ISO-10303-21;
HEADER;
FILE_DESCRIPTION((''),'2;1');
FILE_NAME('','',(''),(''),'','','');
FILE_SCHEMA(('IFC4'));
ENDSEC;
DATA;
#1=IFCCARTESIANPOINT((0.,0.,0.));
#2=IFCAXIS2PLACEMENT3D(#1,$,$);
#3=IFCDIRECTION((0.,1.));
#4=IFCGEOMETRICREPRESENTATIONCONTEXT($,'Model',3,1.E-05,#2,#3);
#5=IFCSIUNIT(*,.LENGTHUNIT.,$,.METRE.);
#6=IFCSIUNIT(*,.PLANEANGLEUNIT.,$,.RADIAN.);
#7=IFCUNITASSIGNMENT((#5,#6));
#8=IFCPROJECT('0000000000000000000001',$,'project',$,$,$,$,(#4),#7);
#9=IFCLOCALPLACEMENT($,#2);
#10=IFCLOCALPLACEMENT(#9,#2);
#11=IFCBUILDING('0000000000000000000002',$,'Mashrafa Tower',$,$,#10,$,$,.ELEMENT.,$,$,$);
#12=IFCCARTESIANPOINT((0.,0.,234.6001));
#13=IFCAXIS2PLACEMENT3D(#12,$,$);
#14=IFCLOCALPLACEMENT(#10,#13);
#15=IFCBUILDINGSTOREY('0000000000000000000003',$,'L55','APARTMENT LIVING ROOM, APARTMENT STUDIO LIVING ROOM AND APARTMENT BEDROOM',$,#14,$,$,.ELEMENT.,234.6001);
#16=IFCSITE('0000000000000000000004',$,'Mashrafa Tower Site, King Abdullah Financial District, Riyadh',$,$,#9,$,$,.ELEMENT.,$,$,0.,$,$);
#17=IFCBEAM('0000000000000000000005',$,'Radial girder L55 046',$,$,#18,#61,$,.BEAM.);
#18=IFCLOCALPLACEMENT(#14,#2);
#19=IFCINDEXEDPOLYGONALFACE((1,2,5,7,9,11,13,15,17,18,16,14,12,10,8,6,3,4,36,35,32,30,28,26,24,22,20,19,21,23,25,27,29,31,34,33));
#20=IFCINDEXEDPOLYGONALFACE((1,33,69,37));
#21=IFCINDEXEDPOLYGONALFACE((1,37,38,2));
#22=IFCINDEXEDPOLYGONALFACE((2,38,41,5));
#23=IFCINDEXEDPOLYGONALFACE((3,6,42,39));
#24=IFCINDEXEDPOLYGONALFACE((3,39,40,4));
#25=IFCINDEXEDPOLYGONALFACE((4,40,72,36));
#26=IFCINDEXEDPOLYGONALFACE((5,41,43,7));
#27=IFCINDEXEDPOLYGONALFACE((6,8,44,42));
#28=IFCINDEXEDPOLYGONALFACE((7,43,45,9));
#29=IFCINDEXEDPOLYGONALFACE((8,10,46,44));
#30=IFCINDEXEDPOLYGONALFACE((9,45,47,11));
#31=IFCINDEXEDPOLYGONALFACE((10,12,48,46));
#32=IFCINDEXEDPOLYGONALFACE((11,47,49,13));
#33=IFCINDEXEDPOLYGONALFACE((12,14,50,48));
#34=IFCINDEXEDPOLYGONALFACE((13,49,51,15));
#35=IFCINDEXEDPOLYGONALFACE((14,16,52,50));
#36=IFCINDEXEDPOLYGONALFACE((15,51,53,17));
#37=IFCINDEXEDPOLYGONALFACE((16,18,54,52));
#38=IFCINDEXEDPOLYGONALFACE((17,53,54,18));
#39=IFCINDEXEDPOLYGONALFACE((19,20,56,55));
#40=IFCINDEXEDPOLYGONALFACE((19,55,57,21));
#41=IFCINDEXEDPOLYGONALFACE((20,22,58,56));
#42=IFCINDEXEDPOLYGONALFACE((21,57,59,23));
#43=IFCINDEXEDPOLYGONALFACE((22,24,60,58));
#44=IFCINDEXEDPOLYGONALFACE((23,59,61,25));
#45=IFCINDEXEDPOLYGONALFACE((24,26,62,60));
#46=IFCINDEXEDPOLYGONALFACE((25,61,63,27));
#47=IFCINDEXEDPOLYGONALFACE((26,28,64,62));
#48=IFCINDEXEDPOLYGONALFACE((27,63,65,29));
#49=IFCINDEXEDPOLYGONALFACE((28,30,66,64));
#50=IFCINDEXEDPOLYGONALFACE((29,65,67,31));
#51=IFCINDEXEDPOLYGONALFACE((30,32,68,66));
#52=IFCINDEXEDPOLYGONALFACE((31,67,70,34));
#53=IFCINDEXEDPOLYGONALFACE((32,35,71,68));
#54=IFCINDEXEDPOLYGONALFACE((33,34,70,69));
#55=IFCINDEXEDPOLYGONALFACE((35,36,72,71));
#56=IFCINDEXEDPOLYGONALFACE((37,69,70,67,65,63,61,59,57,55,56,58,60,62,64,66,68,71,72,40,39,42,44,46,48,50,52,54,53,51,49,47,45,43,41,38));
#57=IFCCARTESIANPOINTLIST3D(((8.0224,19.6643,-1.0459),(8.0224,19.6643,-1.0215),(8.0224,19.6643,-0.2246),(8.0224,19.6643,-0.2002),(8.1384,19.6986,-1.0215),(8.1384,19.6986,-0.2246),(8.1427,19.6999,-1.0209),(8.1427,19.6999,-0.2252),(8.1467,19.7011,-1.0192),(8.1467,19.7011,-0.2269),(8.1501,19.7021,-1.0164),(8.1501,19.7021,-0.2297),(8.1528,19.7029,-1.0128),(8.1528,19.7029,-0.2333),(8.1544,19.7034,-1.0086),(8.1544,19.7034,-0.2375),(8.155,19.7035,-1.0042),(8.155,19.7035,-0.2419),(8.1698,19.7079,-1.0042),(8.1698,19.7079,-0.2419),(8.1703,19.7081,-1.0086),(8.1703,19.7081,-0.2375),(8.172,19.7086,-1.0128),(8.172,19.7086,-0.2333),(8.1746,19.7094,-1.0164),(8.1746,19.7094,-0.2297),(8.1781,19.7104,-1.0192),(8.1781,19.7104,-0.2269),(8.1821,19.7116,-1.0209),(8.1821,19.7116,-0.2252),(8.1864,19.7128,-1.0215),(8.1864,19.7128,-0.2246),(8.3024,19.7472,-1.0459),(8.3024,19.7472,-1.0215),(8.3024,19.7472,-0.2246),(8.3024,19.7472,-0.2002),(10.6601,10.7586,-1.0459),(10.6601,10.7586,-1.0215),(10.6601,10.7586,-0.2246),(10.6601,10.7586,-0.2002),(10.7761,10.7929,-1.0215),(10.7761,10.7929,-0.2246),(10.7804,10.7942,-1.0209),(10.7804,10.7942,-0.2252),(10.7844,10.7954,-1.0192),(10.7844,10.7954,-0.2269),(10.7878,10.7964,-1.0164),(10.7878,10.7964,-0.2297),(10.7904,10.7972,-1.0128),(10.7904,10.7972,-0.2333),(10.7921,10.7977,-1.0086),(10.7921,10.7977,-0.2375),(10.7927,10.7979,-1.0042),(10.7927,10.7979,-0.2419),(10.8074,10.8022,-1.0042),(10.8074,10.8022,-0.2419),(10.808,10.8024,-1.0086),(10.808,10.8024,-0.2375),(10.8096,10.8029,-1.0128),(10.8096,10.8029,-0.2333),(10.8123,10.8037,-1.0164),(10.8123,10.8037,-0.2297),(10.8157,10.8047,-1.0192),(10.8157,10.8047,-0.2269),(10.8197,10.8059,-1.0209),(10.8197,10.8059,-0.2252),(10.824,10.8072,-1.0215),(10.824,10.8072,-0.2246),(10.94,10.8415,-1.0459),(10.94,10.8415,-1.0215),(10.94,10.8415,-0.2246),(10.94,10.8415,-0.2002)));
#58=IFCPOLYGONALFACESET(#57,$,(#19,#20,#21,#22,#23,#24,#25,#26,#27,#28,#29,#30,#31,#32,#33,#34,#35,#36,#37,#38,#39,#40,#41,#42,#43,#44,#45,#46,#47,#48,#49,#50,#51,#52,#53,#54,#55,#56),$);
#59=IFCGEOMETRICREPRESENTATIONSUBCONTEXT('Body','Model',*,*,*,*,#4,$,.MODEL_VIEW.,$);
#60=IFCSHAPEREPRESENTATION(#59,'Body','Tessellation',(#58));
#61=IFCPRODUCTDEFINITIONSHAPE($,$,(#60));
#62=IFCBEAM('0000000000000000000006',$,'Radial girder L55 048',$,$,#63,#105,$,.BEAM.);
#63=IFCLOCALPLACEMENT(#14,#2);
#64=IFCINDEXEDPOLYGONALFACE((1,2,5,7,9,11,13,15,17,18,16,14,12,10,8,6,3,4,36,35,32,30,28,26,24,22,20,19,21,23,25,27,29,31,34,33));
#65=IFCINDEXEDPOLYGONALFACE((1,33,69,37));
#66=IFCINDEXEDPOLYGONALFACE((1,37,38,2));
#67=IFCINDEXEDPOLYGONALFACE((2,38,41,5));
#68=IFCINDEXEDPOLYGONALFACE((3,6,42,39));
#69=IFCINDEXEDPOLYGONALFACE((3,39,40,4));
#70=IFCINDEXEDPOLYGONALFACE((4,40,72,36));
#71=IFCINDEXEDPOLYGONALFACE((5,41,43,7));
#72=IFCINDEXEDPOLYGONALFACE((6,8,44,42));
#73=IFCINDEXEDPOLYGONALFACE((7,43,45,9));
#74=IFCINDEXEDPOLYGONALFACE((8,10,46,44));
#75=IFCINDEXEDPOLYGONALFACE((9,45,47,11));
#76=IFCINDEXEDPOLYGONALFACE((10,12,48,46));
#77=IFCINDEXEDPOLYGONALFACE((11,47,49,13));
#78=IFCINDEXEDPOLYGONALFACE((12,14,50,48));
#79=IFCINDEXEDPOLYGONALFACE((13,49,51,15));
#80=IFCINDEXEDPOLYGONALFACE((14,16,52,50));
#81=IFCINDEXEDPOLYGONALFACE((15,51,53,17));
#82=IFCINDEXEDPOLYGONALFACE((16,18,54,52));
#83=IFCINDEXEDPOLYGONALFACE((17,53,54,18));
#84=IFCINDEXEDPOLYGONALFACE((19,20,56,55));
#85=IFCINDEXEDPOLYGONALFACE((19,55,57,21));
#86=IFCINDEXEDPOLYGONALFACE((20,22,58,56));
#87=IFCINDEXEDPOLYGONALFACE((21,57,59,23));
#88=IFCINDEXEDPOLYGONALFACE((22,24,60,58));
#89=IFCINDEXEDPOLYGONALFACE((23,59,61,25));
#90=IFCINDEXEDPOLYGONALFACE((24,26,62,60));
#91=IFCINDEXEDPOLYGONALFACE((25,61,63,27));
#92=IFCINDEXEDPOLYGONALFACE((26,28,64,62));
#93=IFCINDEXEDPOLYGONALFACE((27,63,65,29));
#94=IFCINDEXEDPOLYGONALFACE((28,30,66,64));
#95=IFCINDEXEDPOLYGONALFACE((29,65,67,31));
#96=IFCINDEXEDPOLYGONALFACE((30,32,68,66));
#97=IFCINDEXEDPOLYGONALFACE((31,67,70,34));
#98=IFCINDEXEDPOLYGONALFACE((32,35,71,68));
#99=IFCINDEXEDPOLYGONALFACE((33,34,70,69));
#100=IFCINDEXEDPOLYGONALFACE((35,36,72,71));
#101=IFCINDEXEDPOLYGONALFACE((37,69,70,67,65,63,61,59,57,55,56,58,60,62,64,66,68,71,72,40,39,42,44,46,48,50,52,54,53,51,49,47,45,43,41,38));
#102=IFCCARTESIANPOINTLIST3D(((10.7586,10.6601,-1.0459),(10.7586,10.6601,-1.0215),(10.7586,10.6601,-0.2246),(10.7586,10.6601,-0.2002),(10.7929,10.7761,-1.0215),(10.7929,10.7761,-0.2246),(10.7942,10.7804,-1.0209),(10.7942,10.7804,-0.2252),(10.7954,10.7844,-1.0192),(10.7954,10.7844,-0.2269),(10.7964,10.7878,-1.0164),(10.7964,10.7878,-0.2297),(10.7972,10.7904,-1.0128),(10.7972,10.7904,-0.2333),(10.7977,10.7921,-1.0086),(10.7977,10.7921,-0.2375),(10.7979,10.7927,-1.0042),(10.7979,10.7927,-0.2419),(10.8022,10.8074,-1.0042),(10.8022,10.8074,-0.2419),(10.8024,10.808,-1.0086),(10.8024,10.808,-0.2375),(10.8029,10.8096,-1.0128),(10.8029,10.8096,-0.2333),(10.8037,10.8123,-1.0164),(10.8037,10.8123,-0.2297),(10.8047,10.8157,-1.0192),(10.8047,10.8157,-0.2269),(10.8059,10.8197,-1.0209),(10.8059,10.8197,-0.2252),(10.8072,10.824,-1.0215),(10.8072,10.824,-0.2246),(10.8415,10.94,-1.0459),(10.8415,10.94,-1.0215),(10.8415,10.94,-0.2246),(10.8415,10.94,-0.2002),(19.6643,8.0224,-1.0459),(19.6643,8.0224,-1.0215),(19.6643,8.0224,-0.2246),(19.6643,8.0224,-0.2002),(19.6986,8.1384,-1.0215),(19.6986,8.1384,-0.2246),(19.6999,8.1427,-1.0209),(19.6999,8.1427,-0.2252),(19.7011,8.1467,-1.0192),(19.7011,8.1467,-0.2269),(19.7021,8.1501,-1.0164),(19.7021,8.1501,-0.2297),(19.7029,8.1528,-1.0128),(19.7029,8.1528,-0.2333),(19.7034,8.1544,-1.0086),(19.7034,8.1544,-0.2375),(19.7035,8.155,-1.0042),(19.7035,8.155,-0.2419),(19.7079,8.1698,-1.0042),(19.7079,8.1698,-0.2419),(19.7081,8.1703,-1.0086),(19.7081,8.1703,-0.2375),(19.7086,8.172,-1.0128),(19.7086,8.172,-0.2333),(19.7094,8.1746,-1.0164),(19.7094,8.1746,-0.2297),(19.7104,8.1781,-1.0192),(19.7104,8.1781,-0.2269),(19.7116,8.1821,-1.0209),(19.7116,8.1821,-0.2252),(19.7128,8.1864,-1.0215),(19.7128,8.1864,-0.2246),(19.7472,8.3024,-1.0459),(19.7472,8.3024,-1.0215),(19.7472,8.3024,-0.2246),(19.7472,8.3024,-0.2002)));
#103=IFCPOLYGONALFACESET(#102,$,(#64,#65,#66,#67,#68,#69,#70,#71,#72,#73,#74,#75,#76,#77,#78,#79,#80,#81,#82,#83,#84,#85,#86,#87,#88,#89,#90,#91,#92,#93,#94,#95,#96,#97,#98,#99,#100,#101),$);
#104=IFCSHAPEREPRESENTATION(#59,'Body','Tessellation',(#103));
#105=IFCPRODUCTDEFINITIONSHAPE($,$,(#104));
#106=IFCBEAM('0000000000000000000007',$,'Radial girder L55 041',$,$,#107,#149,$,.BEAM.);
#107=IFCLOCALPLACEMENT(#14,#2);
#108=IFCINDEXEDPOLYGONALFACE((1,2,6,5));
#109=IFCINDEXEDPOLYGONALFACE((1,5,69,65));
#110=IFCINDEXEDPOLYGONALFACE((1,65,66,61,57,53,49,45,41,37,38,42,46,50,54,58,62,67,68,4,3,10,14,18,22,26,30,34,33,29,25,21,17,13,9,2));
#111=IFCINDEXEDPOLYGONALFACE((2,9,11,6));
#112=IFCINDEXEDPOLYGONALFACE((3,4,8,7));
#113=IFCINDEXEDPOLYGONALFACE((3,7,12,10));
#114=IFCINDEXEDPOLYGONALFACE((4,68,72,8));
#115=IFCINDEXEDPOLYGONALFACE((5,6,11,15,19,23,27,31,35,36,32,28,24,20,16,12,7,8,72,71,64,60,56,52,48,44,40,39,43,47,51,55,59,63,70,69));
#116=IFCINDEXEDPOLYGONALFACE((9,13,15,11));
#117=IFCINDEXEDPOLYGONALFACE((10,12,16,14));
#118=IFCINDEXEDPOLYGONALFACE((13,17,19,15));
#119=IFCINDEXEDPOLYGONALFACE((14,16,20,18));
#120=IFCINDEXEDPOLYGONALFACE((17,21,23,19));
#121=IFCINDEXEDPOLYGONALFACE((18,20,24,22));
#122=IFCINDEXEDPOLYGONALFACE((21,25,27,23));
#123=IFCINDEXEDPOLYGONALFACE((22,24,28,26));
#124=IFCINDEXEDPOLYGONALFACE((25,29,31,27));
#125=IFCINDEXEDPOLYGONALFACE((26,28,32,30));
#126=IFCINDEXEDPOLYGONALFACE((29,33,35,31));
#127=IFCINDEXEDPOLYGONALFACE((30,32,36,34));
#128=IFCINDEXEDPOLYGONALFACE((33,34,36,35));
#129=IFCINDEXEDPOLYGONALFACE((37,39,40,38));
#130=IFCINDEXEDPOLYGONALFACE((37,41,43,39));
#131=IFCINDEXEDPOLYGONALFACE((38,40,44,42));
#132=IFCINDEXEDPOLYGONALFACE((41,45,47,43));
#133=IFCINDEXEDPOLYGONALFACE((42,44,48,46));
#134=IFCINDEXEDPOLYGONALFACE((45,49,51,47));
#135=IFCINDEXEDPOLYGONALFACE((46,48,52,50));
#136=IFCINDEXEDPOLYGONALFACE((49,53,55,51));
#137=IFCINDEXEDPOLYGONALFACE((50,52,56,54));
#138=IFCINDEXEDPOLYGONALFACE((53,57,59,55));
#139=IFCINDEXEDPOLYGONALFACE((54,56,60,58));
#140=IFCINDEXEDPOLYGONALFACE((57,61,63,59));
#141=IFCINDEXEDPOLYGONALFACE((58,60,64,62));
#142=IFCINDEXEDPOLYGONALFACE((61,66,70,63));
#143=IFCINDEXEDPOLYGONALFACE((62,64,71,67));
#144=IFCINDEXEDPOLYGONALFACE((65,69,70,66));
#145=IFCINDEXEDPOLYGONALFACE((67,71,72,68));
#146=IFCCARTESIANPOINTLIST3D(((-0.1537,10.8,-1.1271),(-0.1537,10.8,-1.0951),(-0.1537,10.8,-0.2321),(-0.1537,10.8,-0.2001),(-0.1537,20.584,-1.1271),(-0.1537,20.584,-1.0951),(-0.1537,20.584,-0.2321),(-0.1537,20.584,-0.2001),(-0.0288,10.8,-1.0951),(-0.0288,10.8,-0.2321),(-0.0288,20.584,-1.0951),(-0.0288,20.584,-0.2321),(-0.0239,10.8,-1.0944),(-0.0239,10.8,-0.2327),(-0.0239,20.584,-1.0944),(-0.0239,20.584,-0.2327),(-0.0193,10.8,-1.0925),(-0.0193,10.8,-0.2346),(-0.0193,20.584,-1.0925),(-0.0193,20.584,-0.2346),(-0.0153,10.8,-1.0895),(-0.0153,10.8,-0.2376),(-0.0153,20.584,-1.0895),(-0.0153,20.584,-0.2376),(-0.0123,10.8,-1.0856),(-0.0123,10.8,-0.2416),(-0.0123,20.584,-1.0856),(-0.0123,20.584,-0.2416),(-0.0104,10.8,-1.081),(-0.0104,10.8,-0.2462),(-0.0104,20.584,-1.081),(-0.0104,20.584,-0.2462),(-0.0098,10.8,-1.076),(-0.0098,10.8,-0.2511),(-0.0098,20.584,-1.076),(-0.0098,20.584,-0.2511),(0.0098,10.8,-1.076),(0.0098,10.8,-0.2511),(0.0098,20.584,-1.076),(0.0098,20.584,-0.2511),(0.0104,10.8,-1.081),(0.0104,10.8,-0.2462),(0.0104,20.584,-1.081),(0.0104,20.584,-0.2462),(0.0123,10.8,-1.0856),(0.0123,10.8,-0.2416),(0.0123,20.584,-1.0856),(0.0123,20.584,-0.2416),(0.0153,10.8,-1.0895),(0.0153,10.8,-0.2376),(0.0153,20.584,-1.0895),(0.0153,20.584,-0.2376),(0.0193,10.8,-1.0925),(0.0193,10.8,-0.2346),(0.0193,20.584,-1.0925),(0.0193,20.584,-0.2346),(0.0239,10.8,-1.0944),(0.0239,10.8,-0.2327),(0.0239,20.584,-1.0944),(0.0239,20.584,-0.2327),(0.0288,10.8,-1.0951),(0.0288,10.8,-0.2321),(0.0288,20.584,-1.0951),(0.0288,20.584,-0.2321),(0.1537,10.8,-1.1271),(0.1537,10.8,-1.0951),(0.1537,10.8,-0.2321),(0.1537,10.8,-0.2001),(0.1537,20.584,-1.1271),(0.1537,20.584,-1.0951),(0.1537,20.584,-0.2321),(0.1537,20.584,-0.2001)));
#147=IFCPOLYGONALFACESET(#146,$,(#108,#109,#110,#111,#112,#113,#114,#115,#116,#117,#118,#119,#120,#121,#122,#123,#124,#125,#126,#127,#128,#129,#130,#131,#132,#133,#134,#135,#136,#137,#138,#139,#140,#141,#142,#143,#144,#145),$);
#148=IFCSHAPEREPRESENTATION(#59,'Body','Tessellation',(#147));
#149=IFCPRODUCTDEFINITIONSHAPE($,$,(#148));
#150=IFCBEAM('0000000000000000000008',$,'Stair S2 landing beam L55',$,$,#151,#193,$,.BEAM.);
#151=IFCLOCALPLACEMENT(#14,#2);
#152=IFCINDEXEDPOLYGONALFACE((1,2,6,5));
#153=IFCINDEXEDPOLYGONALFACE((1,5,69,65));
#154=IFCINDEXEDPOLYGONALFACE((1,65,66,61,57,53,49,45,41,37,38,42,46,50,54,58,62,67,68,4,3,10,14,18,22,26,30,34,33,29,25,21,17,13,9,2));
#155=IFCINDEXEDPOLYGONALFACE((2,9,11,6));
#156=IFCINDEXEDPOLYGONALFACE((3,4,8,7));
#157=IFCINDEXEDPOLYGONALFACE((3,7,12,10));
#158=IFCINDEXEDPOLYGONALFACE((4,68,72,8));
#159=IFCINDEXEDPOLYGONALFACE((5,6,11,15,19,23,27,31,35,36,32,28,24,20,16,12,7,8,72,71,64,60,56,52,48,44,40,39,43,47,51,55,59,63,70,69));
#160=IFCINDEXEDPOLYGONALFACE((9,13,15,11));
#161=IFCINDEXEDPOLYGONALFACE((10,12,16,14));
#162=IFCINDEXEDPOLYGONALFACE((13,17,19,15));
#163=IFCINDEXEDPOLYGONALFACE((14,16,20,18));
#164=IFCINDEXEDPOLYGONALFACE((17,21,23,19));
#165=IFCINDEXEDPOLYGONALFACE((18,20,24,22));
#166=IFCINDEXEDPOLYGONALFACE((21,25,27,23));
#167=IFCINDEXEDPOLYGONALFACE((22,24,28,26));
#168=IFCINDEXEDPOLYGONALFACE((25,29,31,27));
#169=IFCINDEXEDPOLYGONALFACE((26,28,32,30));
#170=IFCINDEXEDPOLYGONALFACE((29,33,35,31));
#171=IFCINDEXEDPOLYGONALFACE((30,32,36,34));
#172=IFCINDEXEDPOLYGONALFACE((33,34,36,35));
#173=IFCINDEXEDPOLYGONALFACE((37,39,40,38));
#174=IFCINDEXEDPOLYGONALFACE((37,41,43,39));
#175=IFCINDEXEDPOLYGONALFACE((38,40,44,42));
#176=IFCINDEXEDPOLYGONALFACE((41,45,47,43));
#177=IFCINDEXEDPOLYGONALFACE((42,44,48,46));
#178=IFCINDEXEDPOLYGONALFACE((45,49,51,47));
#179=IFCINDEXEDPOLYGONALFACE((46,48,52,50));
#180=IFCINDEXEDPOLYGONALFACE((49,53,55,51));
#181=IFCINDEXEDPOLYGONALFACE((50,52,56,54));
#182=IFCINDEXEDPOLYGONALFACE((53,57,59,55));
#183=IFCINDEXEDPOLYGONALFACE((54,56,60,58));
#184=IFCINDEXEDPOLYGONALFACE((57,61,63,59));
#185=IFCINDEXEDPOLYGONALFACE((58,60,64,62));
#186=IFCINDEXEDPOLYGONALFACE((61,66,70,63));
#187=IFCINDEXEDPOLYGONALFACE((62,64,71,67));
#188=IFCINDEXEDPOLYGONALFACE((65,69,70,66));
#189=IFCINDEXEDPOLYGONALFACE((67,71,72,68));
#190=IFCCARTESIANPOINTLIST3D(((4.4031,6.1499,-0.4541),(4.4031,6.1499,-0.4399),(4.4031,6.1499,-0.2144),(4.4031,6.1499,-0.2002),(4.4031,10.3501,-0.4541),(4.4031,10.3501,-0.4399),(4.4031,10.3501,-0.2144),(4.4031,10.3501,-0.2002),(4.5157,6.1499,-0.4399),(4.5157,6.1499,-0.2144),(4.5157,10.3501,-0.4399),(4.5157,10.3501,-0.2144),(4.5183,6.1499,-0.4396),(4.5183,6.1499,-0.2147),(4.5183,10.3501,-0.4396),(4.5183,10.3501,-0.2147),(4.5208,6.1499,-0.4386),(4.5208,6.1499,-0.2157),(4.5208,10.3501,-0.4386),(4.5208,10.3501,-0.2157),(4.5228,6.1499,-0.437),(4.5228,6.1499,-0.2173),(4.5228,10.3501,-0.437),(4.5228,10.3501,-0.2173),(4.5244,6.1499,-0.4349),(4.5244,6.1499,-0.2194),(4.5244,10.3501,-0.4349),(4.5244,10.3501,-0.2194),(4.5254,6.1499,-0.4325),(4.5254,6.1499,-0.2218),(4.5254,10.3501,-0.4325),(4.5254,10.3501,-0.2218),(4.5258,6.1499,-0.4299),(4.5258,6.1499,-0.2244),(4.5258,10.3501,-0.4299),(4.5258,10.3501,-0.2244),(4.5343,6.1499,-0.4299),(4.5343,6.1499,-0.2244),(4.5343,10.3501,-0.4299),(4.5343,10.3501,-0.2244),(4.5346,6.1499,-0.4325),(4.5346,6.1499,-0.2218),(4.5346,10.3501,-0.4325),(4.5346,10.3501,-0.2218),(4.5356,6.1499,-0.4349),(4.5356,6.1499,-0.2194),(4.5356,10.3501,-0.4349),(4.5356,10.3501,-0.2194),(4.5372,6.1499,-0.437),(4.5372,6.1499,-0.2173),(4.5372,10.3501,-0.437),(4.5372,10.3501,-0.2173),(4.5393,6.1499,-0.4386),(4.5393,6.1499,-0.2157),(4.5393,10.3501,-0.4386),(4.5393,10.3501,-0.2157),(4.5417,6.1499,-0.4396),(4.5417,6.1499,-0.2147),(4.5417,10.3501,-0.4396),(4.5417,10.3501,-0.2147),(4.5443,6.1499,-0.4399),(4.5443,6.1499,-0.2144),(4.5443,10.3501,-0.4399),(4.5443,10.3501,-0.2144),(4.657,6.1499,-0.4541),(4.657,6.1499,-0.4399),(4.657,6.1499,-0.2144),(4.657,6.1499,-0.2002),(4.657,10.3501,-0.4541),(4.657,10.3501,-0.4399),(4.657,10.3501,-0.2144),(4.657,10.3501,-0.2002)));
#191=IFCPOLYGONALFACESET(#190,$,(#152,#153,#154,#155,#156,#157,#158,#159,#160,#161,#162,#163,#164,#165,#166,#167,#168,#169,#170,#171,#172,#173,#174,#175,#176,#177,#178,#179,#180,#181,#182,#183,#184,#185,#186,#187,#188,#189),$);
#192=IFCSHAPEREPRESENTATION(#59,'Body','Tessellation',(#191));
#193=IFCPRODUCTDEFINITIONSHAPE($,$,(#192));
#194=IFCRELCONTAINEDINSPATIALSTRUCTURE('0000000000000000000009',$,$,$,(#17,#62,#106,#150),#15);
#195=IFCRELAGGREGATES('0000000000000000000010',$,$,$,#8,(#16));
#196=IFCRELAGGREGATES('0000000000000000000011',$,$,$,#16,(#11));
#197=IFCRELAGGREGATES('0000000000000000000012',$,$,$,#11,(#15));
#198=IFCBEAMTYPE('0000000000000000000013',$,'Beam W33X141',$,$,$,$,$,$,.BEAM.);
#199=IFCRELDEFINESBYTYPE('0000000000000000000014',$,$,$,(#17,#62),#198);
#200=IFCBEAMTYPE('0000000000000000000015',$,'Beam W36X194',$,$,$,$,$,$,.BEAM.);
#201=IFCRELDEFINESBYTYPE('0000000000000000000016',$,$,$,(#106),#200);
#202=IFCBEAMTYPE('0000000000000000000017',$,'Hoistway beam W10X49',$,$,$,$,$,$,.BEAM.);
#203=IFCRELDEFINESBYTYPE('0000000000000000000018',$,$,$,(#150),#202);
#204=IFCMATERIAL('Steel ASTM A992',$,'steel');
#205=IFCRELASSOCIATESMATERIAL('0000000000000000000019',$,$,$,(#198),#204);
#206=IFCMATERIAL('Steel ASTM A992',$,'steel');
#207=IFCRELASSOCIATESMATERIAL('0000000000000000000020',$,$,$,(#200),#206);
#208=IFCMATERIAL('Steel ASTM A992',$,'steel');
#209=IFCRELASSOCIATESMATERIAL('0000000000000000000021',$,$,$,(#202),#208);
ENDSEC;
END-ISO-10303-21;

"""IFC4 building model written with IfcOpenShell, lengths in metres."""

from ifc_helpers import new_model, si_unit, direction, frame, origin, origin_2d, place, context, subcontext, project, spatial, i_section, extrude, material, material_profile, profile_set, type_object, element, save


model = new_model("IFC4")

# Units and contexts
model_context = context("Model", 3, precision=1e-05, world=origin(), true_north=direction((0.0, 1.0)))
body_context = subcontext(model_context, "Body", "Model", "MODEL_VIEW")
ifc_project = project(units=[si_unit("LENGTHUNIT", "METRE"), si_unit("PLANEANGLEUNIT", "RADIAN")], contexts=[model_context])

# Site, building, storey
site_placement = place(None, origin())
site = spatial("IfcSite", under=ifc_project, at=site_placement, Name="Mashrafa Tower Site, King Abdullah Financial District, Riyadh", CompositionType="ELEMENT", RefElevation=0.0)
building_placement = place(site_placement, origin())
building = spatial("IfcBuilding", under=site, at=building_placement, Name="Mashrafa Tower", CompositionType="ELEMENT")
storey_placement = place(building_placement, frame((0.0, 0.0, 234.6001)))
storey = spatial("IfcBuildingStorey", under=building, at=storey_placement, Name="L55", Description="APARTMENT LIVING ROOM, APARTMENT STUDIO LIVING ROOM AND APARTMENT BEDROOM", CompositionType="ELEMENT", Elevation=234.6001)

# Beams
ifc_material_1 = material(Name="Steel ASTM A992", Category="steel")
ifc_material_profile_1 = material_profile(ifc_material_1, i_section(OverallWidth=0.292, OverallDepth=0.8457, WebThickness=0.0154, FlangeThickness=0.0244, FilletRadius=0.0173, at=origin_2d()), Name="W33X141")
ifc_profile_set_1 = profile_set([ifc_material_profile_1], Name="Steel ASTM A992")
beam_type_1 = type_object("IfcBeamType", Name="Beam W33X141", PredefinedType="BEAM", material=ifc_profile_set_1)
for number, where, z_axis, x_axis, name in (
    (1, (10.8, 10.8, -0.623), (-0.283985, 0.958829, 0.0), (-0.958829, -0.283985, 0.0), "Radial girder L55 046"),
    (2, (10.8, 10.8, -0.623), (0.958829, -0.283985, 0.0), (0.283985, 0.958829, 0.0), "Radial girder L55 048"),
):
    element("IfcBeam", number, at=place(storey_placement, frame(where, z_axis=z_axis, x_axis=x_axis)), inside=storey, type_object=beam_type_1, Name=name, PredefinedType="BEAM", context=body_context, shape_type="SweptSolid", body=[
        extrude(i_section(OverallWidth=0.292, OverallDepth=0.8457, WebThickness=0.0154, FlangeThickness=0.0244, FilletRadius=0.0173, at=origin_2d()), origin(), (0.0, 0.0, 1.0), 9.2881),
    ])
ifc_material_2 = material(Name="Steel ASTM A992", Category="steel")
ifc_material_profile_2 = material_profile(ifc_material_2, i_section(OverallWidth=0.3074, OverallDepth=0.927, WebThickness=0.0195, FlangeThickness=0.032, FilletRadius=0.019, at=origin_2d()), Name="W36X194")
ifc_profile_set_2 = profile_set([ifc_material_profile_2], Name="Steel ASTM A992")
beam_type_2 = type_object("IfcBeamType", Name="Beam W36X194", PredefinedType="BEAM", material=ifc_profile_set_2)
beam_1_placement = place(storey_placement, frame((0.0, 10.8, -0.6636), z_axis=(0.0, 1.0, 0.0), x_axis=(-1.0, 0.0, 0.0)))
element("IfcBeam", 3, at=beam_1_placement, inside=storey, type_object=beam_type_2, Name="Radial girder L55 041", PredefinedType="BEAM", context=body_context, shape_type="SweptSolid", body=[
    extrude(i_section(OverallWidth=0.3074, OverallDepth=0.927, WebThickness=0.0195, FlangeThickness=0.032, FilletRadius=0.019, at=origin_2d()), origin(), (0.0, 0.0, 1.0), 9.7839),
])
ifc_material_3 = material(Name="Steel ASTM A992", Category="steel")
ifc_material_profile_3 = material_profile(ifc_material_3, i_section(OverallWidth=0.2539, OverallDepth=0.2539, WebThickness=0.0085, FlangeThickness=0.0142, FilletRadius=0.01, at=origin_2d()), Name="W10X49")
ifc_profile_set_3 = profile_set([ifc_material_profile_3], Name="Steel ASTM A992")
beam_type_3 = type_object("IfcBeamType", Name="Hoistway beam W10X49", PredefinedType="BEAM", material=ifc_profile_set_3)
beam_2_placement = place(storey_placement, frame((4.53, 6.1499, -0.3271), z_axis=(0.0, 1.0, 0.0), x_axis=(-1.0, 0.0, 0.0)))
element("IfcBeam", 4, at=beam_2_placement, inside=storey, type_object=beam_type_3, Name="Stair S2 landing beam L55", PredefinedType="BEAM", context=body_context, shape_type="SweptSolid", body=[
    extrude(i_section(OverallWidth=0.2539, OverallDepth=0.2539, WebThickness=0.0085, FlangeThickness=0.0142, FilletRadius=0.01, at=origin_2d()), origin(), (0.0, 0.0, 1.0), 4.2002),
])

save(model, "model.ifc")
